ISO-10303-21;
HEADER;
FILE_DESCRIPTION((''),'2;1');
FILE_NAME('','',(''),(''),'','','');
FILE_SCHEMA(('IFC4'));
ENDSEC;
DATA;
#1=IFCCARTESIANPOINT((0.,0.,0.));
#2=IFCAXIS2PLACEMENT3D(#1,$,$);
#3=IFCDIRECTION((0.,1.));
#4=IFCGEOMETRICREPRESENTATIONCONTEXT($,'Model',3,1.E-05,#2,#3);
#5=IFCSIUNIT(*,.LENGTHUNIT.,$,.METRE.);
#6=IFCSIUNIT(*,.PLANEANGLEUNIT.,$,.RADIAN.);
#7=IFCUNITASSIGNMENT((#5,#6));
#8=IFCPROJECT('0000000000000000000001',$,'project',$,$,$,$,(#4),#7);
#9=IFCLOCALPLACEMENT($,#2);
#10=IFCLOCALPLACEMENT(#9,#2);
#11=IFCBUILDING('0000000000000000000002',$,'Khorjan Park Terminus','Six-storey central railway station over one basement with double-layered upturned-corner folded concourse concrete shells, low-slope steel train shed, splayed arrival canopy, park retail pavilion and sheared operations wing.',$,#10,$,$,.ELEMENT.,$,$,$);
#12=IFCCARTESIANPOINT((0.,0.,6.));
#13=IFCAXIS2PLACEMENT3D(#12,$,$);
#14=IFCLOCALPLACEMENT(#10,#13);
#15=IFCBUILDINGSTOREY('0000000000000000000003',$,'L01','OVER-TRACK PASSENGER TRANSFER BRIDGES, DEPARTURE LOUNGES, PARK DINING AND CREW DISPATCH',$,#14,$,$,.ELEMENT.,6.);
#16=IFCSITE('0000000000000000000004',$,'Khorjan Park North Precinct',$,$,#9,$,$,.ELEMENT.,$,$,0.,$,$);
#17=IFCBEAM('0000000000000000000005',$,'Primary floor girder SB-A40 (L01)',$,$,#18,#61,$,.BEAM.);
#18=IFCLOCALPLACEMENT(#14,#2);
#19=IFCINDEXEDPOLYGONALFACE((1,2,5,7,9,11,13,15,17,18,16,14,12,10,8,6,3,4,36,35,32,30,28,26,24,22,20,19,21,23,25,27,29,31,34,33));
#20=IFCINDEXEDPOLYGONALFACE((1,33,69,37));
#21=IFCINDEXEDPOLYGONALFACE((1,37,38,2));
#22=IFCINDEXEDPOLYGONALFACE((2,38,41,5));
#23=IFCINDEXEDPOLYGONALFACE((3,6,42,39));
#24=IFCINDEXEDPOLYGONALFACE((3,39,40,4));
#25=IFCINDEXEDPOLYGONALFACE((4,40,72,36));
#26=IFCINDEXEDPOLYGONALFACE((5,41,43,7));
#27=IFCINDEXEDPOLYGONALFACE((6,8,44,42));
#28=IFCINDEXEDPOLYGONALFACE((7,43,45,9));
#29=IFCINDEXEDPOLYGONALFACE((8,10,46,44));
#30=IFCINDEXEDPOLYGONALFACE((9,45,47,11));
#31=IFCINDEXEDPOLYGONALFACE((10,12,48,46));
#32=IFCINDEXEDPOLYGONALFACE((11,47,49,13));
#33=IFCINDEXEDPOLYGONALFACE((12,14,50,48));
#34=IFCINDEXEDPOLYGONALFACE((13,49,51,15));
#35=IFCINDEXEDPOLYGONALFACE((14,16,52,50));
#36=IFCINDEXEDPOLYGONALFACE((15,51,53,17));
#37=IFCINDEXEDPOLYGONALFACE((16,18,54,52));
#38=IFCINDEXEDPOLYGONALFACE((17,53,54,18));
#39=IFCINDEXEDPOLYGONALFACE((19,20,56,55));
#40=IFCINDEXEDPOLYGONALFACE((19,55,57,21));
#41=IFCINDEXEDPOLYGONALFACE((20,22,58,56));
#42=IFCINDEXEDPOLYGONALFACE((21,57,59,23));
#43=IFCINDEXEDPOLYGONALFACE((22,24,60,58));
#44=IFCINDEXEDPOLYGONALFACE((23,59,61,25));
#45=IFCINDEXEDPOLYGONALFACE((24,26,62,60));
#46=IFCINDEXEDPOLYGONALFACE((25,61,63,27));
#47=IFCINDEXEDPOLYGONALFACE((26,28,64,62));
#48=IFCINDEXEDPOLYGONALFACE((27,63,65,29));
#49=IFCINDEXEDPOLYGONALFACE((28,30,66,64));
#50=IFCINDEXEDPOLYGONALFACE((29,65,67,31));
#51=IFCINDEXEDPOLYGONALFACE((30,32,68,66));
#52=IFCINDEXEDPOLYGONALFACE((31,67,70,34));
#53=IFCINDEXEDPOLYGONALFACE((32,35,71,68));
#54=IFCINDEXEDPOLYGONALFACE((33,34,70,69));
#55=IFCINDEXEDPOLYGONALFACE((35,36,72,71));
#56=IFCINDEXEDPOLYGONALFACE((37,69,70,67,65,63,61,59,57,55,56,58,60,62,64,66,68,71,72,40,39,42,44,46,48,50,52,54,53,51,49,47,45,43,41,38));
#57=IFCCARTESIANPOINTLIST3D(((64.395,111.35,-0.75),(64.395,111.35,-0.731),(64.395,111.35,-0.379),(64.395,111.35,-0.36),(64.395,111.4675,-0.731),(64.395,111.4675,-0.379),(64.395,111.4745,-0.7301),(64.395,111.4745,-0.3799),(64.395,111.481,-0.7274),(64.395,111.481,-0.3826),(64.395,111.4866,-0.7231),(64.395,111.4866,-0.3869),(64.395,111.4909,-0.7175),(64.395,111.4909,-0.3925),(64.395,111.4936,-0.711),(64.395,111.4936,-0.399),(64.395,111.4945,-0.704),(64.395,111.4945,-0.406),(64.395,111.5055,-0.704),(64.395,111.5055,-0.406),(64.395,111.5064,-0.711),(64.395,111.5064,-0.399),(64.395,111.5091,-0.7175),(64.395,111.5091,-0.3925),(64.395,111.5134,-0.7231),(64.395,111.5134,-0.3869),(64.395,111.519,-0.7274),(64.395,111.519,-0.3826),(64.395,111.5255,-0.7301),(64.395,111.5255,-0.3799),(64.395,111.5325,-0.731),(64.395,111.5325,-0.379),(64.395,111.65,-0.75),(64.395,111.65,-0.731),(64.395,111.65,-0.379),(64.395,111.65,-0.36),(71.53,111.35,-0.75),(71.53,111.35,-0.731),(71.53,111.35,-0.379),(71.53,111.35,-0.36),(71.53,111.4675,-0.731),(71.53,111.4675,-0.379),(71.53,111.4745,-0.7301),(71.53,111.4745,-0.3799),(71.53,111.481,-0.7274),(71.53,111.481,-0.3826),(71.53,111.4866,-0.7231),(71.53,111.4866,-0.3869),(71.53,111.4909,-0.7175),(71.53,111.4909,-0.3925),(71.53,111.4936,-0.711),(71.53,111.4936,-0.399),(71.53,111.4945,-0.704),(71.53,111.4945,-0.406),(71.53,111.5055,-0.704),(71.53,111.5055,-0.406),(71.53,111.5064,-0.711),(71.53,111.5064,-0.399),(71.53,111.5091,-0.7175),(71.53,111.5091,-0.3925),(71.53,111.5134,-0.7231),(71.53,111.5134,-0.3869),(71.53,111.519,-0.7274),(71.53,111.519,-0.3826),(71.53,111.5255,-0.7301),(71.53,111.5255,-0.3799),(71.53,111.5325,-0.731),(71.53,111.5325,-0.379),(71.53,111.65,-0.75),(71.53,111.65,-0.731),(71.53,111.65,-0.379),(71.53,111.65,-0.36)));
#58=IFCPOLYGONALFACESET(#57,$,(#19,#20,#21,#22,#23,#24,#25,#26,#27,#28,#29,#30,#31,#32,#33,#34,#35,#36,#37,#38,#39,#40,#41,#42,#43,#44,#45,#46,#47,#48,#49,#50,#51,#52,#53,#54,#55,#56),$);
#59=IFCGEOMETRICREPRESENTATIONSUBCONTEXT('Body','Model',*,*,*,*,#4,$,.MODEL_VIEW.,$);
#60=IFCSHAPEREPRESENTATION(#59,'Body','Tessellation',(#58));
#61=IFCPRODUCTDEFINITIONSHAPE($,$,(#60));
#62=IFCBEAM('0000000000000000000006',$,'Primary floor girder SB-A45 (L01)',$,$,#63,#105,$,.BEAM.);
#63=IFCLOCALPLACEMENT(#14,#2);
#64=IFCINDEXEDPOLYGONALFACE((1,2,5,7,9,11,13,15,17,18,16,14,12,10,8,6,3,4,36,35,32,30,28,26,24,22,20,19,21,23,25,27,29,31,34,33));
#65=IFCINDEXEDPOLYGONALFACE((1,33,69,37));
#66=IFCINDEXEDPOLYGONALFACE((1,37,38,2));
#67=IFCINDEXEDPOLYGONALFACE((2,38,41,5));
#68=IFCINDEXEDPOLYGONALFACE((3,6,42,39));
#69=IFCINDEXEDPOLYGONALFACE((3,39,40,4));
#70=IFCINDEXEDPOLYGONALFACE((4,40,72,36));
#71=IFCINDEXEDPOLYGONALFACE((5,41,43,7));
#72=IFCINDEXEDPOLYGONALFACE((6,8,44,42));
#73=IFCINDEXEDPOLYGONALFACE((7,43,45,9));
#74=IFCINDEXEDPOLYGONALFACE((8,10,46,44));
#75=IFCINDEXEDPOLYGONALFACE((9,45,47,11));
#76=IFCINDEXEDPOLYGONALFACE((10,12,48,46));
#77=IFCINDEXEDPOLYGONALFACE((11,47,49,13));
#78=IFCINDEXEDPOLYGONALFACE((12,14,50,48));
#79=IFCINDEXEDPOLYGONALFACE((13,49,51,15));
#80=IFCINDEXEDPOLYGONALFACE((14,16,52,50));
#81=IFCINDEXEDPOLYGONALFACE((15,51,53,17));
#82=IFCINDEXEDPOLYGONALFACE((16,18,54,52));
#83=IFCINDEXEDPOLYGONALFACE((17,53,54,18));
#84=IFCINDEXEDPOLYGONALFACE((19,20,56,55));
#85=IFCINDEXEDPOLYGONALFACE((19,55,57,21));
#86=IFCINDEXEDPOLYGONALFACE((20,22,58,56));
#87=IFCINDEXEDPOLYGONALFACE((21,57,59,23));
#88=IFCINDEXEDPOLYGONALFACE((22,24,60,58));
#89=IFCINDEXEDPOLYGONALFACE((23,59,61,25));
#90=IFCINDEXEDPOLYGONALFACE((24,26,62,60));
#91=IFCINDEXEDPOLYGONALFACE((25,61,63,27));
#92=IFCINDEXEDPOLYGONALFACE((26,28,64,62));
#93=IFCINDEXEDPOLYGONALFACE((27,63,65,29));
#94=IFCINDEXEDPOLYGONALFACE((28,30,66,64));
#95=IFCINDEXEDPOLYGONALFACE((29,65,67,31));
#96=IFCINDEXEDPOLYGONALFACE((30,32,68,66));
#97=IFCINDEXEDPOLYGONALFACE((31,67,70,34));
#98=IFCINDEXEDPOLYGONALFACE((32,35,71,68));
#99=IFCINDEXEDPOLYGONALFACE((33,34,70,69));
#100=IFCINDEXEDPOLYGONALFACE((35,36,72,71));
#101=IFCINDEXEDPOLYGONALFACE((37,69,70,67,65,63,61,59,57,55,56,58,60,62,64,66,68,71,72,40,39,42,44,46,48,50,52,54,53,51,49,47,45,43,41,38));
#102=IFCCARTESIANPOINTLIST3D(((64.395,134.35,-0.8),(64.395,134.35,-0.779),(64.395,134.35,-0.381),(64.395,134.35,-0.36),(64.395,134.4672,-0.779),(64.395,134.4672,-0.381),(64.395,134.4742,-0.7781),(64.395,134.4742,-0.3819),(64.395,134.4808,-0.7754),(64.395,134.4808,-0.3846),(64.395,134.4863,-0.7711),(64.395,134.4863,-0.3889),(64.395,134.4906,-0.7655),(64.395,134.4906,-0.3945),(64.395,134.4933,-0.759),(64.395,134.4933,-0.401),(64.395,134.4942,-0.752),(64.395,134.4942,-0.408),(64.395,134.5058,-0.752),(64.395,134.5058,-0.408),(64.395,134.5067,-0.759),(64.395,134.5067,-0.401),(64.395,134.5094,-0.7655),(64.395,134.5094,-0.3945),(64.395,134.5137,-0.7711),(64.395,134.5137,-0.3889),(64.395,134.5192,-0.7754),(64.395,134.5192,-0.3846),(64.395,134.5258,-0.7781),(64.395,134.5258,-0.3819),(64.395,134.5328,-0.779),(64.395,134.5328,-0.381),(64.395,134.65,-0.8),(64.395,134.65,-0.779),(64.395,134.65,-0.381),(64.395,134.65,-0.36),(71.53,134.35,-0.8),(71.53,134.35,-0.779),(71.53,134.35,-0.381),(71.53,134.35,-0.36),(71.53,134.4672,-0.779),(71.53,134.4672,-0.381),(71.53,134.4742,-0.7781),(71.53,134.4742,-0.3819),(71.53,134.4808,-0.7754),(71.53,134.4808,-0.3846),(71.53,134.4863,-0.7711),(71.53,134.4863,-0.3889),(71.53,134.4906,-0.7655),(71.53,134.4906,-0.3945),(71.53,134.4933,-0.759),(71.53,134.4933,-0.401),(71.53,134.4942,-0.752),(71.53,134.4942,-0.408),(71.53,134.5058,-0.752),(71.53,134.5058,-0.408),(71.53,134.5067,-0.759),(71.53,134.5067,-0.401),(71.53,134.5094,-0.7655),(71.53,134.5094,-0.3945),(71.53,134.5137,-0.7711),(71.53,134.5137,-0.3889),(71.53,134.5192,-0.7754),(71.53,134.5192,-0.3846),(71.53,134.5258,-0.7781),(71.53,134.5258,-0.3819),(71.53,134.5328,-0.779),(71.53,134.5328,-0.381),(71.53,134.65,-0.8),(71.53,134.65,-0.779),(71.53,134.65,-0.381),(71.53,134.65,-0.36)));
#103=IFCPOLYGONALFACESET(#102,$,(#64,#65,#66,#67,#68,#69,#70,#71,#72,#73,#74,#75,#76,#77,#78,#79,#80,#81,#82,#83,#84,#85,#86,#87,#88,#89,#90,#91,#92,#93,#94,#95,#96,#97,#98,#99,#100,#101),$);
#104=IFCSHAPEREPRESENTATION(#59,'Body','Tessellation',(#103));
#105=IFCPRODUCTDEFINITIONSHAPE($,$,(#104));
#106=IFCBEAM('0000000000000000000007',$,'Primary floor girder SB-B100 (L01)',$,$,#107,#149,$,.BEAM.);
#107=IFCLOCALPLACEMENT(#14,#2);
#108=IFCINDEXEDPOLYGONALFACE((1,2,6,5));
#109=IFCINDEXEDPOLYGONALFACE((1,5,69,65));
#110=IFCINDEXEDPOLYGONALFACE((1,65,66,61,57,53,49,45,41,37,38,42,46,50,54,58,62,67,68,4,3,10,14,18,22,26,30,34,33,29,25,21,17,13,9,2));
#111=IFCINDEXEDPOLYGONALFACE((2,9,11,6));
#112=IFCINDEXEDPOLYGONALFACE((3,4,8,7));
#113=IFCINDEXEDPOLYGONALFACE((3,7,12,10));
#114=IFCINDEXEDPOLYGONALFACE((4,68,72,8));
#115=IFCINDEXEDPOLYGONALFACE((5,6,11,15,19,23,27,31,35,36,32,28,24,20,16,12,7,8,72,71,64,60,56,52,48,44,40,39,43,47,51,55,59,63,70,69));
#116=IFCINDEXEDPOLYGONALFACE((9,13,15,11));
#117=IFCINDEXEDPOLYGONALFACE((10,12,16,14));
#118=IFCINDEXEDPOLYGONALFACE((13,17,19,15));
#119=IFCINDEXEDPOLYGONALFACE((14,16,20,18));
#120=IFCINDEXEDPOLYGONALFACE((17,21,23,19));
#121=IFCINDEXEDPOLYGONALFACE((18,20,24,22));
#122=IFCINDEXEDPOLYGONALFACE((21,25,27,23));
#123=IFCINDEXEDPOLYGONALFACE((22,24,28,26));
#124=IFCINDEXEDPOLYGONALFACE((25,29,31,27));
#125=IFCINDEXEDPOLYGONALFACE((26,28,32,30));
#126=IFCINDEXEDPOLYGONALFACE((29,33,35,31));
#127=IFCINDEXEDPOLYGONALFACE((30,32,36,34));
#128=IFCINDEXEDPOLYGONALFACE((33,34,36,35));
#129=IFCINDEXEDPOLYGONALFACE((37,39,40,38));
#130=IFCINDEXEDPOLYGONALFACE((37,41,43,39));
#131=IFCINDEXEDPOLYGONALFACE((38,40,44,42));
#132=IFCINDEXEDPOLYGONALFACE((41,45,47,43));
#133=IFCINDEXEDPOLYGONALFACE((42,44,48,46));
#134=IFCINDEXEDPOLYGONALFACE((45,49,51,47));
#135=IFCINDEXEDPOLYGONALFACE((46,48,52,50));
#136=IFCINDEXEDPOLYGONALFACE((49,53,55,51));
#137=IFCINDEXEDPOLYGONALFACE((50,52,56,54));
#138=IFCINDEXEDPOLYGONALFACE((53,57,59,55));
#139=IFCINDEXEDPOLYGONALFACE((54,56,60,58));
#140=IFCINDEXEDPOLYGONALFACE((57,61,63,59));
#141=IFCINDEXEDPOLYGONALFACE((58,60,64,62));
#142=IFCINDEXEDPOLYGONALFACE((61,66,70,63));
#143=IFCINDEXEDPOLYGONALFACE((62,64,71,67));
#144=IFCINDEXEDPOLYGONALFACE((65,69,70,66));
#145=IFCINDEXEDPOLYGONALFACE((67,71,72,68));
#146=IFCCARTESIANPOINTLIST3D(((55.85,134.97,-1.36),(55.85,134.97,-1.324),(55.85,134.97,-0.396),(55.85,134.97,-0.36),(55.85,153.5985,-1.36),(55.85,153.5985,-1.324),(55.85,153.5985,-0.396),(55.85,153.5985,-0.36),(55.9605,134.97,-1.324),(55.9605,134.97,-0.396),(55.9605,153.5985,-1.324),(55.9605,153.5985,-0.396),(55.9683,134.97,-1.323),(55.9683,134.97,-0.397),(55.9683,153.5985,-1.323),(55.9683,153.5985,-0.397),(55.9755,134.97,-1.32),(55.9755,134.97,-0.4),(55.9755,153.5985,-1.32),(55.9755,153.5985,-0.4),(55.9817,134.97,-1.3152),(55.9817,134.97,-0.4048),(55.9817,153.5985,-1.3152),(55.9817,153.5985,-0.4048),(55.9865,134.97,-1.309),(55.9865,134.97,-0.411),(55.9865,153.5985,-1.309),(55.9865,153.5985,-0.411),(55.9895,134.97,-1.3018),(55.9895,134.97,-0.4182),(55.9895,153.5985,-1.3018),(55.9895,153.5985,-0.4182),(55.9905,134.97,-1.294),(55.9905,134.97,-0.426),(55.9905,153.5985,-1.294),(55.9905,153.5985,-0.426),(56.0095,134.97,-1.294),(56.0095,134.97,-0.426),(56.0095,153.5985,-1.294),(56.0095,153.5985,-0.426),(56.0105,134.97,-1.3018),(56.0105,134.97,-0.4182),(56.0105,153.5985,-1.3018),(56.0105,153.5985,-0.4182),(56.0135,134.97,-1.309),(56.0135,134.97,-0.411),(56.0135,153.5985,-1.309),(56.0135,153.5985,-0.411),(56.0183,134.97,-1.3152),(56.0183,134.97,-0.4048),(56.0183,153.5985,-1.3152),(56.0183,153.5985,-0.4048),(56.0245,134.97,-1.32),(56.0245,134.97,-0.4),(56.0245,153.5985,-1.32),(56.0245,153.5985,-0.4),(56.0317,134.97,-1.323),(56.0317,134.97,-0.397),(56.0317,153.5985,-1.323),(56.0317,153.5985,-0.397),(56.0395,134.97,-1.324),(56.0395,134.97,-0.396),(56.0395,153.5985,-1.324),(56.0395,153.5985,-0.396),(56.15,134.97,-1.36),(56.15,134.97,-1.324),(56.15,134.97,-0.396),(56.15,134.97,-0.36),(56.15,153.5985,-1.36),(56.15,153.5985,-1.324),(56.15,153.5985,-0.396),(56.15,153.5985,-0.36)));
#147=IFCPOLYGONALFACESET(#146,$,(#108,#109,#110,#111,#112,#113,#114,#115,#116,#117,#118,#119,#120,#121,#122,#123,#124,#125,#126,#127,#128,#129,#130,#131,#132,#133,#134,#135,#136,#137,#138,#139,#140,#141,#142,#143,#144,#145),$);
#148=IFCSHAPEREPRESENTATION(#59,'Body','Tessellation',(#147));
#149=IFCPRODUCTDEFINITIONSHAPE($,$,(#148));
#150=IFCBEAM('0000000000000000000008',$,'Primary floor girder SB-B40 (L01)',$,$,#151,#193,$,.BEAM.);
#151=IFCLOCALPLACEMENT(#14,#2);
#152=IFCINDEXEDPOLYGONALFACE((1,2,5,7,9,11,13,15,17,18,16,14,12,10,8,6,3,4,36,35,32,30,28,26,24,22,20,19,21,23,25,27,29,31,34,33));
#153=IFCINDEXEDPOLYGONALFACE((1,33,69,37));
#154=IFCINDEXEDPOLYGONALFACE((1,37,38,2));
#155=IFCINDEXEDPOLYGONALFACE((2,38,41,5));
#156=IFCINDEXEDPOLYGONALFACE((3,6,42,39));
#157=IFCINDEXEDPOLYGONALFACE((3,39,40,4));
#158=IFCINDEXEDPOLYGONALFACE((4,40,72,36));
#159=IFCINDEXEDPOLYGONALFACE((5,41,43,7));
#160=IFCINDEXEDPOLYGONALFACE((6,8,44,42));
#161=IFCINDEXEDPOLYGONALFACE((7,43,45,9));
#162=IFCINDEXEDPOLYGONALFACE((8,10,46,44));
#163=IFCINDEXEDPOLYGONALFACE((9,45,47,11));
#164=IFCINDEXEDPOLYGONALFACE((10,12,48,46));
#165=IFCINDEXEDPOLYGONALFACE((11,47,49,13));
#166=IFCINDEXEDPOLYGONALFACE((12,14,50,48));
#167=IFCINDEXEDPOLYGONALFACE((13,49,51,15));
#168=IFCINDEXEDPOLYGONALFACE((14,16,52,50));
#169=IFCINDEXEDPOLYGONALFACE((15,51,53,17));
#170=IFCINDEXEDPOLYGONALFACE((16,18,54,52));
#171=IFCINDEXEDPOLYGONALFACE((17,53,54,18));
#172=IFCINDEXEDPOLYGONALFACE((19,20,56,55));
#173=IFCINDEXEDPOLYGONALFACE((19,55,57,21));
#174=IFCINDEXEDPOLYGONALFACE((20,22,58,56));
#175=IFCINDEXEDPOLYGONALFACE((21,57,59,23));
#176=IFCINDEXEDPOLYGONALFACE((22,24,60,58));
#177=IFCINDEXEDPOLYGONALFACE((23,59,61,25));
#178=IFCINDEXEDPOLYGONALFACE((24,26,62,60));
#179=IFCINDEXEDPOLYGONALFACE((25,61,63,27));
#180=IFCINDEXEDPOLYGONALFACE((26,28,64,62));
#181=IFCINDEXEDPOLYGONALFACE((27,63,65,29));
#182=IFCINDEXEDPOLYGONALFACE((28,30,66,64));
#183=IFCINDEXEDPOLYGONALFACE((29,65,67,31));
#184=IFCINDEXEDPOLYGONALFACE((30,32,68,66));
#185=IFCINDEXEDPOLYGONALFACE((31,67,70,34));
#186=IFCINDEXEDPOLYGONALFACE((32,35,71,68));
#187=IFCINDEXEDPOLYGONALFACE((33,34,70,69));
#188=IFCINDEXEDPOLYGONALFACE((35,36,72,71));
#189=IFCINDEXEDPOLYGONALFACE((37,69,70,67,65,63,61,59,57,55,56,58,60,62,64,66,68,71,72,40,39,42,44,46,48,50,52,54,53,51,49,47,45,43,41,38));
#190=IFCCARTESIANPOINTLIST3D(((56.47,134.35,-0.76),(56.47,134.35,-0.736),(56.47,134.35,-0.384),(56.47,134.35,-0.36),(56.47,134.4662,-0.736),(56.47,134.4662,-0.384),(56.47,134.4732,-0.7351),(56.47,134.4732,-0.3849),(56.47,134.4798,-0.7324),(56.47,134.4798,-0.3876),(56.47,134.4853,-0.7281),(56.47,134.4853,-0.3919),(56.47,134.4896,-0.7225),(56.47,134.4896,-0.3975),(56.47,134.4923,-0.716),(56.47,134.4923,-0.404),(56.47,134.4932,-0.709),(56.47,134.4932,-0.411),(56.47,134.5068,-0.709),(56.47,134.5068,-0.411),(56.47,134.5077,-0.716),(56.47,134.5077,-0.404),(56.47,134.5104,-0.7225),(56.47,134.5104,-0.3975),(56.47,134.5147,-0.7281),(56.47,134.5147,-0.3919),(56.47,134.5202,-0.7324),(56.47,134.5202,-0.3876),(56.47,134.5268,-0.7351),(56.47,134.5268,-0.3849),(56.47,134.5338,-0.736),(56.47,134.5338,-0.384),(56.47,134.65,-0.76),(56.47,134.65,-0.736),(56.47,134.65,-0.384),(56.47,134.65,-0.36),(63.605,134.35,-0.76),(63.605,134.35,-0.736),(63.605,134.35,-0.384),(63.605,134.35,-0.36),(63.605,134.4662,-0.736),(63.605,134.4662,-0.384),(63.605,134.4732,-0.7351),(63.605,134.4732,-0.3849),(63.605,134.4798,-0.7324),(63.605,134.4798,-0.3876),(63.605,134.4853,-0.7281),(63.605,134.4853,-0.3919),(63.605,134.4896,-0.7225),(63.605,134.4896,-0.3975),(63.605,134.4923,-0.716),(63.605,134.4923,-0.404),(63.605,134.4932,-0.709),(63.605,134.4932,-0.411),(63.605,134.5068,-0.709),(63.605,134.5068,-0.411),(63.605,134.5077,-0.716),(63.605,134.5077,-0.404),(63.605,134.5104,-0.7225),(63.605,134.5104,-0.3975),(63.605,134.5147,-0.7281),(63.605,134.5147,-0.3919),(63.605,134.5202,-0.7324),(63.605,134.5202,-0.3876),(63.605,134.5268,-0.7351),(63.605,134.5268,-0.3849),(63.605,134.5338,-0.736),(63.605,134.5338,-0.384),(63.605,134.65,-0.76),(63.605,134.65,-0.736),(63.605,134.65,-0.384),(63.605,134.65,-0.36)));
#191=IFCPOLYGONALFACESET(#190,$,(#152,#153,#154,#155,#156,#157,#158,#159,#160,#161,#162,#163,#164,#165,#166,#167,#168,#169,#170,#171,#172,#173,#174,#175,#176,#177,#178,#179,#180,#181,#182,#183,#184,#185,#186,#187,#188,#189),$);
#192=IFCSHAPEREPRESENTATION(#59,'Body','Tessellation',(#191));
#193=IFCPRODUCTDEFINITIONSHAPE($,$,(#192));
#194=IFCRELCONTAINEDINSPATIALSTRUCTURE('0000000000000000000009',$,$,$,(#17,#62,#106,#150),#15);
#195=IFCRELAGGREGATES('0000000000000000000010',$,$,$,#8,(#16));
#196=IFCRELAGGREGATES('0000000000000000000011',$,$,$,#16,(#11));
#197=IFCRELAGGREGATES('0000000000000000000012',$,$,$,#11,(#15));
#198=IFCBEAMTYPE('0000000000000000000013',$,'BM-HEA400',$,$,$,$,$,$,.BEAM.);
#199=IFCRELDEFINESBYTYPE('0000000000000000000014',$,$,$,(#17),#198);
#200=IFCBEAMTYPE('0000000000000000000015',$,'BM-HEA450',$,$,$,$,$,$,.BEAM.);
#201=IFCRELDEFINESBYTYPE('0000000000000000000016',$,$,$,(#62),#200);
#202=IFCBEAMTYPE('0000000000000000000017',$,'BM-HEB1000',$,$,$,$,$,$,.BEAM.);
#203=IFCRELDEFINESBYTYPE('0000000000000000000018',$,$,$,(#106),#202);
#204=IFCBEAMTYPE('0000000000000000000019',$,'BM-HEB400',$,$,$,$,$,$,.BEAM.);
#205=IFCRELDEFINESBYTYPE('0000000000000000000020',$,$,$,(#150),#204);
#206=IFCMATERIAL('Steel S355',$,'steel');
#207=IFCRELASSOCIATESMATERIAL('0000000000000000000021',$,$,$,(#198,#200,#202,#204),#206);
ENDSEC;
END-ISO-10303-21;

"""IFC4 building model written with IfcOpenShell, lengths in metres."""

from ifc_helpers import new_model, si_unit, direction, frame, origin, origin_2d, place, context, subcontext, project, spatial, i_section, extrude, material, material_profile, profile_set, type_object, element, save


model = new_model("IFC4")

# Units and contexts
model_context = context("Model", 3, precision=1e-05, world=origin(), true_north=direction((0.0, 1.0)))
body_context = subcontext(model_context, "Body", "Model", "MODEL_VIEW")
ifc_project = project(units=[si_unit("LENGTHUNIT", "METRE"), si_unit("PLANEANGLEUNIT", "RADIAN")], contexts=[model_context])

# Site, building, storey
site_placement = place(None, origin())
site = spatial("IfcSite", under=ifc_project, at=site_placement, Name="Khorjan Park North Precinct", CompositionType="ELEMENT", RefElevation=0.0)
building_placement = place(site_placement, origin())
building = spatial("IfcBuilding", under=site, at=building_placement, Name="Khorjan Park Terminus", Description="Six-storey central railway station over one basement with double-layered upturned-corner folded concourse concrete shells, low-slope steel train shed, splayed arrival canopy, park retail pavilion and sheared operations wing.", CompositionType="ELEMENT")
storey_placement = place(building_placement, frame((0.0, 0.0, 6.0)))
storey = spatial("IfcBuildingStorey", under=building, at=storey_placement, Name="L01", Description="OVER-TRACK PASSENGER TRANSFER BRIDGES, DEPARTURE LOUNGES, PARK DINING AND CREW DISPATCH", CompositionType="ELEMENT", Elevation=6.0)

# Beams
ifc_material_1 = material(Name="Steel S355", Category="steel")
ifc_material_profile_1 = material_profile(ifc_material_1, i_section(OverallWidth=0.3, OverallDepth=0.39, WebThickness=0.011, FlangeThickness=0.019, FilletRadius=0.027, at=origin_2d()), Name="HEA 400")
ifc_profile_set_1 = profile_set([ifc_material_profile_1], Name="Steel S355")
beam_type_1 = type_object("IfcBeamType", Name="BM-HEA400", PredefinedType="BEAM", material=ifc_profile_set_1)
beam_1_placement = place(storey_placement, frame((64.395, 111.5, -0.555), z_axis=(1.0, 0.0, 0.0), x_axis=(0.0, 1.0, 0.0)))
element("IfcBeam", 1, at=beam_1_placement, inside=storey, type_object=beam_type_1, Name="Primary floor girder SB-A40 (L01)", PredefinedType="BEAM", context=body_context, shape_type="SweptSolid", body=[
    extrude(i_section(OverallWidth=0.3, OverallDepth=0.39, WebThickness=0.011, FlangeThickness=0.019, FilletRadius=0.027, at=origin_2d()), origin(), (0.0, 0.0, 1.0), 7.135),
])
ifc_material_profile_2 = material_profile(ifc_material_1, i_section(OverallWidth=0.3, OverallDepth=0.44, WebThickness=0.0115, FlangeThickness=0.021, FilletRadius=0.027, at=origin_2d()), Name="HEA 450")
ifc_profile_set_2 = profile_set([ifc_material_profile_2], Name="Steel S355")
beam_type_2 = type_object("IfcBeamType", Name="BM-HEA450", PredefinedType="BEAM", material=ifc_profile_set_2)
beam_2_placement = place(storey_placement, frame((64.395, 134.5, -0.58), z_axis=(1.0, 0.0, 0.0), x_axis=(0.0, 1.0, 0.0)))
element("IfcBeam", 2, at=beam_2_placement, inside=storey, type_object=beam_type_2, Name="Primary floor girder SB-A45 (L01)", PredefinedType="BEAM", context=body_context, shape_type="SweptSolid", body=[
    extrude(i_section(OverallWidth=0.3, OverallDepth=0.44, WebThickness=0.0115, FlangeThickness=0.021, FilletRadius=0.027, at=origin_2d()), origin(), (0.0, 0.0, 1.0), 7.135),
])
ifc_material_profile_3 = material_profile(ifc_material_1, i_section(OverallWidth=0.3, OverallDepth=1.0, WebThickness=0.019, FlangeThickness=0.036, FilletRadius=0.03, at=origin_2d()), Name="HEB 1000")
ifc_profile_set_3 = profile_set([ifc_material_profile_3], Name="Steel S355")
beam_type_3 = type_object("IfcBeamType", Name="BM-HEB1000", PredefinedType="BEAM", material=ifc_profile_set_3)
beam_3_placement = place(storey_placement, frame((56.0, 134.97, -0.86), z_axis=(0.0, 1.0, 0.0), x_axis=(-1.0, 0.0, 0.0)))
element("IfcBeam", 3, at=beam_3_placement, inside=storey, type_object=beam_type_3, Name="Primary floor girder SB-B100 (L01)", PredefinedType="BEAM", context=body_context, shape_type="SweptSolid", body=[
    extrude(i_section(OverallWidth=0.3, OverallDepth=1.0, WebThickness=0.019, FlangeThickness=0.036, FilletRadius=0.03, at=origin_2d()), origin(), (0.0, 0.0, 1.0), 18.6285),
])
ifc_material_profile_4 = material_profile(ifc_material_1, i_section(OverallWidth=0.3, OverallDepth=0.4, WebThickness=0.0135, FlangeThickness=0.024, FilletRadius=0.027, at=origin_2d()), Name="HEB 400")
ifc_profile_set_4 = profile_set([ifc_material_profile_4], Name="Steel S355")
beam_type_4 = type_object("IfcBeamType", Name="BM-HEB400", PredefinedType="BEAM", material=ifc_profile_set_4)
beam_4_placement = place(storey_placement, frame((56.47, 134.5, -0.56), z_axis=(1.0, 0.0, 0.0), x_axis=(0.0, 1.0, 0.0)))
element("IfcBeam", 4, at=beam_4_placement, inside=storey, type_object=beam_type_4, Name="Primary floor girder SB-B40 (L01)", PredefinedType="BEAM", context=body_context, shape_type="SweptSolid", body=[
    extrude(i_section(OverallWidth=0.3, OverallDepth=0.4, WebThickness=0.0135, FlangeThickness=0.024, FilletRadius=0.027, at=origin_2d()), origin(), (0.0, 0.0, 1.0), 7.135),
])

save(model, "model.ifc")
